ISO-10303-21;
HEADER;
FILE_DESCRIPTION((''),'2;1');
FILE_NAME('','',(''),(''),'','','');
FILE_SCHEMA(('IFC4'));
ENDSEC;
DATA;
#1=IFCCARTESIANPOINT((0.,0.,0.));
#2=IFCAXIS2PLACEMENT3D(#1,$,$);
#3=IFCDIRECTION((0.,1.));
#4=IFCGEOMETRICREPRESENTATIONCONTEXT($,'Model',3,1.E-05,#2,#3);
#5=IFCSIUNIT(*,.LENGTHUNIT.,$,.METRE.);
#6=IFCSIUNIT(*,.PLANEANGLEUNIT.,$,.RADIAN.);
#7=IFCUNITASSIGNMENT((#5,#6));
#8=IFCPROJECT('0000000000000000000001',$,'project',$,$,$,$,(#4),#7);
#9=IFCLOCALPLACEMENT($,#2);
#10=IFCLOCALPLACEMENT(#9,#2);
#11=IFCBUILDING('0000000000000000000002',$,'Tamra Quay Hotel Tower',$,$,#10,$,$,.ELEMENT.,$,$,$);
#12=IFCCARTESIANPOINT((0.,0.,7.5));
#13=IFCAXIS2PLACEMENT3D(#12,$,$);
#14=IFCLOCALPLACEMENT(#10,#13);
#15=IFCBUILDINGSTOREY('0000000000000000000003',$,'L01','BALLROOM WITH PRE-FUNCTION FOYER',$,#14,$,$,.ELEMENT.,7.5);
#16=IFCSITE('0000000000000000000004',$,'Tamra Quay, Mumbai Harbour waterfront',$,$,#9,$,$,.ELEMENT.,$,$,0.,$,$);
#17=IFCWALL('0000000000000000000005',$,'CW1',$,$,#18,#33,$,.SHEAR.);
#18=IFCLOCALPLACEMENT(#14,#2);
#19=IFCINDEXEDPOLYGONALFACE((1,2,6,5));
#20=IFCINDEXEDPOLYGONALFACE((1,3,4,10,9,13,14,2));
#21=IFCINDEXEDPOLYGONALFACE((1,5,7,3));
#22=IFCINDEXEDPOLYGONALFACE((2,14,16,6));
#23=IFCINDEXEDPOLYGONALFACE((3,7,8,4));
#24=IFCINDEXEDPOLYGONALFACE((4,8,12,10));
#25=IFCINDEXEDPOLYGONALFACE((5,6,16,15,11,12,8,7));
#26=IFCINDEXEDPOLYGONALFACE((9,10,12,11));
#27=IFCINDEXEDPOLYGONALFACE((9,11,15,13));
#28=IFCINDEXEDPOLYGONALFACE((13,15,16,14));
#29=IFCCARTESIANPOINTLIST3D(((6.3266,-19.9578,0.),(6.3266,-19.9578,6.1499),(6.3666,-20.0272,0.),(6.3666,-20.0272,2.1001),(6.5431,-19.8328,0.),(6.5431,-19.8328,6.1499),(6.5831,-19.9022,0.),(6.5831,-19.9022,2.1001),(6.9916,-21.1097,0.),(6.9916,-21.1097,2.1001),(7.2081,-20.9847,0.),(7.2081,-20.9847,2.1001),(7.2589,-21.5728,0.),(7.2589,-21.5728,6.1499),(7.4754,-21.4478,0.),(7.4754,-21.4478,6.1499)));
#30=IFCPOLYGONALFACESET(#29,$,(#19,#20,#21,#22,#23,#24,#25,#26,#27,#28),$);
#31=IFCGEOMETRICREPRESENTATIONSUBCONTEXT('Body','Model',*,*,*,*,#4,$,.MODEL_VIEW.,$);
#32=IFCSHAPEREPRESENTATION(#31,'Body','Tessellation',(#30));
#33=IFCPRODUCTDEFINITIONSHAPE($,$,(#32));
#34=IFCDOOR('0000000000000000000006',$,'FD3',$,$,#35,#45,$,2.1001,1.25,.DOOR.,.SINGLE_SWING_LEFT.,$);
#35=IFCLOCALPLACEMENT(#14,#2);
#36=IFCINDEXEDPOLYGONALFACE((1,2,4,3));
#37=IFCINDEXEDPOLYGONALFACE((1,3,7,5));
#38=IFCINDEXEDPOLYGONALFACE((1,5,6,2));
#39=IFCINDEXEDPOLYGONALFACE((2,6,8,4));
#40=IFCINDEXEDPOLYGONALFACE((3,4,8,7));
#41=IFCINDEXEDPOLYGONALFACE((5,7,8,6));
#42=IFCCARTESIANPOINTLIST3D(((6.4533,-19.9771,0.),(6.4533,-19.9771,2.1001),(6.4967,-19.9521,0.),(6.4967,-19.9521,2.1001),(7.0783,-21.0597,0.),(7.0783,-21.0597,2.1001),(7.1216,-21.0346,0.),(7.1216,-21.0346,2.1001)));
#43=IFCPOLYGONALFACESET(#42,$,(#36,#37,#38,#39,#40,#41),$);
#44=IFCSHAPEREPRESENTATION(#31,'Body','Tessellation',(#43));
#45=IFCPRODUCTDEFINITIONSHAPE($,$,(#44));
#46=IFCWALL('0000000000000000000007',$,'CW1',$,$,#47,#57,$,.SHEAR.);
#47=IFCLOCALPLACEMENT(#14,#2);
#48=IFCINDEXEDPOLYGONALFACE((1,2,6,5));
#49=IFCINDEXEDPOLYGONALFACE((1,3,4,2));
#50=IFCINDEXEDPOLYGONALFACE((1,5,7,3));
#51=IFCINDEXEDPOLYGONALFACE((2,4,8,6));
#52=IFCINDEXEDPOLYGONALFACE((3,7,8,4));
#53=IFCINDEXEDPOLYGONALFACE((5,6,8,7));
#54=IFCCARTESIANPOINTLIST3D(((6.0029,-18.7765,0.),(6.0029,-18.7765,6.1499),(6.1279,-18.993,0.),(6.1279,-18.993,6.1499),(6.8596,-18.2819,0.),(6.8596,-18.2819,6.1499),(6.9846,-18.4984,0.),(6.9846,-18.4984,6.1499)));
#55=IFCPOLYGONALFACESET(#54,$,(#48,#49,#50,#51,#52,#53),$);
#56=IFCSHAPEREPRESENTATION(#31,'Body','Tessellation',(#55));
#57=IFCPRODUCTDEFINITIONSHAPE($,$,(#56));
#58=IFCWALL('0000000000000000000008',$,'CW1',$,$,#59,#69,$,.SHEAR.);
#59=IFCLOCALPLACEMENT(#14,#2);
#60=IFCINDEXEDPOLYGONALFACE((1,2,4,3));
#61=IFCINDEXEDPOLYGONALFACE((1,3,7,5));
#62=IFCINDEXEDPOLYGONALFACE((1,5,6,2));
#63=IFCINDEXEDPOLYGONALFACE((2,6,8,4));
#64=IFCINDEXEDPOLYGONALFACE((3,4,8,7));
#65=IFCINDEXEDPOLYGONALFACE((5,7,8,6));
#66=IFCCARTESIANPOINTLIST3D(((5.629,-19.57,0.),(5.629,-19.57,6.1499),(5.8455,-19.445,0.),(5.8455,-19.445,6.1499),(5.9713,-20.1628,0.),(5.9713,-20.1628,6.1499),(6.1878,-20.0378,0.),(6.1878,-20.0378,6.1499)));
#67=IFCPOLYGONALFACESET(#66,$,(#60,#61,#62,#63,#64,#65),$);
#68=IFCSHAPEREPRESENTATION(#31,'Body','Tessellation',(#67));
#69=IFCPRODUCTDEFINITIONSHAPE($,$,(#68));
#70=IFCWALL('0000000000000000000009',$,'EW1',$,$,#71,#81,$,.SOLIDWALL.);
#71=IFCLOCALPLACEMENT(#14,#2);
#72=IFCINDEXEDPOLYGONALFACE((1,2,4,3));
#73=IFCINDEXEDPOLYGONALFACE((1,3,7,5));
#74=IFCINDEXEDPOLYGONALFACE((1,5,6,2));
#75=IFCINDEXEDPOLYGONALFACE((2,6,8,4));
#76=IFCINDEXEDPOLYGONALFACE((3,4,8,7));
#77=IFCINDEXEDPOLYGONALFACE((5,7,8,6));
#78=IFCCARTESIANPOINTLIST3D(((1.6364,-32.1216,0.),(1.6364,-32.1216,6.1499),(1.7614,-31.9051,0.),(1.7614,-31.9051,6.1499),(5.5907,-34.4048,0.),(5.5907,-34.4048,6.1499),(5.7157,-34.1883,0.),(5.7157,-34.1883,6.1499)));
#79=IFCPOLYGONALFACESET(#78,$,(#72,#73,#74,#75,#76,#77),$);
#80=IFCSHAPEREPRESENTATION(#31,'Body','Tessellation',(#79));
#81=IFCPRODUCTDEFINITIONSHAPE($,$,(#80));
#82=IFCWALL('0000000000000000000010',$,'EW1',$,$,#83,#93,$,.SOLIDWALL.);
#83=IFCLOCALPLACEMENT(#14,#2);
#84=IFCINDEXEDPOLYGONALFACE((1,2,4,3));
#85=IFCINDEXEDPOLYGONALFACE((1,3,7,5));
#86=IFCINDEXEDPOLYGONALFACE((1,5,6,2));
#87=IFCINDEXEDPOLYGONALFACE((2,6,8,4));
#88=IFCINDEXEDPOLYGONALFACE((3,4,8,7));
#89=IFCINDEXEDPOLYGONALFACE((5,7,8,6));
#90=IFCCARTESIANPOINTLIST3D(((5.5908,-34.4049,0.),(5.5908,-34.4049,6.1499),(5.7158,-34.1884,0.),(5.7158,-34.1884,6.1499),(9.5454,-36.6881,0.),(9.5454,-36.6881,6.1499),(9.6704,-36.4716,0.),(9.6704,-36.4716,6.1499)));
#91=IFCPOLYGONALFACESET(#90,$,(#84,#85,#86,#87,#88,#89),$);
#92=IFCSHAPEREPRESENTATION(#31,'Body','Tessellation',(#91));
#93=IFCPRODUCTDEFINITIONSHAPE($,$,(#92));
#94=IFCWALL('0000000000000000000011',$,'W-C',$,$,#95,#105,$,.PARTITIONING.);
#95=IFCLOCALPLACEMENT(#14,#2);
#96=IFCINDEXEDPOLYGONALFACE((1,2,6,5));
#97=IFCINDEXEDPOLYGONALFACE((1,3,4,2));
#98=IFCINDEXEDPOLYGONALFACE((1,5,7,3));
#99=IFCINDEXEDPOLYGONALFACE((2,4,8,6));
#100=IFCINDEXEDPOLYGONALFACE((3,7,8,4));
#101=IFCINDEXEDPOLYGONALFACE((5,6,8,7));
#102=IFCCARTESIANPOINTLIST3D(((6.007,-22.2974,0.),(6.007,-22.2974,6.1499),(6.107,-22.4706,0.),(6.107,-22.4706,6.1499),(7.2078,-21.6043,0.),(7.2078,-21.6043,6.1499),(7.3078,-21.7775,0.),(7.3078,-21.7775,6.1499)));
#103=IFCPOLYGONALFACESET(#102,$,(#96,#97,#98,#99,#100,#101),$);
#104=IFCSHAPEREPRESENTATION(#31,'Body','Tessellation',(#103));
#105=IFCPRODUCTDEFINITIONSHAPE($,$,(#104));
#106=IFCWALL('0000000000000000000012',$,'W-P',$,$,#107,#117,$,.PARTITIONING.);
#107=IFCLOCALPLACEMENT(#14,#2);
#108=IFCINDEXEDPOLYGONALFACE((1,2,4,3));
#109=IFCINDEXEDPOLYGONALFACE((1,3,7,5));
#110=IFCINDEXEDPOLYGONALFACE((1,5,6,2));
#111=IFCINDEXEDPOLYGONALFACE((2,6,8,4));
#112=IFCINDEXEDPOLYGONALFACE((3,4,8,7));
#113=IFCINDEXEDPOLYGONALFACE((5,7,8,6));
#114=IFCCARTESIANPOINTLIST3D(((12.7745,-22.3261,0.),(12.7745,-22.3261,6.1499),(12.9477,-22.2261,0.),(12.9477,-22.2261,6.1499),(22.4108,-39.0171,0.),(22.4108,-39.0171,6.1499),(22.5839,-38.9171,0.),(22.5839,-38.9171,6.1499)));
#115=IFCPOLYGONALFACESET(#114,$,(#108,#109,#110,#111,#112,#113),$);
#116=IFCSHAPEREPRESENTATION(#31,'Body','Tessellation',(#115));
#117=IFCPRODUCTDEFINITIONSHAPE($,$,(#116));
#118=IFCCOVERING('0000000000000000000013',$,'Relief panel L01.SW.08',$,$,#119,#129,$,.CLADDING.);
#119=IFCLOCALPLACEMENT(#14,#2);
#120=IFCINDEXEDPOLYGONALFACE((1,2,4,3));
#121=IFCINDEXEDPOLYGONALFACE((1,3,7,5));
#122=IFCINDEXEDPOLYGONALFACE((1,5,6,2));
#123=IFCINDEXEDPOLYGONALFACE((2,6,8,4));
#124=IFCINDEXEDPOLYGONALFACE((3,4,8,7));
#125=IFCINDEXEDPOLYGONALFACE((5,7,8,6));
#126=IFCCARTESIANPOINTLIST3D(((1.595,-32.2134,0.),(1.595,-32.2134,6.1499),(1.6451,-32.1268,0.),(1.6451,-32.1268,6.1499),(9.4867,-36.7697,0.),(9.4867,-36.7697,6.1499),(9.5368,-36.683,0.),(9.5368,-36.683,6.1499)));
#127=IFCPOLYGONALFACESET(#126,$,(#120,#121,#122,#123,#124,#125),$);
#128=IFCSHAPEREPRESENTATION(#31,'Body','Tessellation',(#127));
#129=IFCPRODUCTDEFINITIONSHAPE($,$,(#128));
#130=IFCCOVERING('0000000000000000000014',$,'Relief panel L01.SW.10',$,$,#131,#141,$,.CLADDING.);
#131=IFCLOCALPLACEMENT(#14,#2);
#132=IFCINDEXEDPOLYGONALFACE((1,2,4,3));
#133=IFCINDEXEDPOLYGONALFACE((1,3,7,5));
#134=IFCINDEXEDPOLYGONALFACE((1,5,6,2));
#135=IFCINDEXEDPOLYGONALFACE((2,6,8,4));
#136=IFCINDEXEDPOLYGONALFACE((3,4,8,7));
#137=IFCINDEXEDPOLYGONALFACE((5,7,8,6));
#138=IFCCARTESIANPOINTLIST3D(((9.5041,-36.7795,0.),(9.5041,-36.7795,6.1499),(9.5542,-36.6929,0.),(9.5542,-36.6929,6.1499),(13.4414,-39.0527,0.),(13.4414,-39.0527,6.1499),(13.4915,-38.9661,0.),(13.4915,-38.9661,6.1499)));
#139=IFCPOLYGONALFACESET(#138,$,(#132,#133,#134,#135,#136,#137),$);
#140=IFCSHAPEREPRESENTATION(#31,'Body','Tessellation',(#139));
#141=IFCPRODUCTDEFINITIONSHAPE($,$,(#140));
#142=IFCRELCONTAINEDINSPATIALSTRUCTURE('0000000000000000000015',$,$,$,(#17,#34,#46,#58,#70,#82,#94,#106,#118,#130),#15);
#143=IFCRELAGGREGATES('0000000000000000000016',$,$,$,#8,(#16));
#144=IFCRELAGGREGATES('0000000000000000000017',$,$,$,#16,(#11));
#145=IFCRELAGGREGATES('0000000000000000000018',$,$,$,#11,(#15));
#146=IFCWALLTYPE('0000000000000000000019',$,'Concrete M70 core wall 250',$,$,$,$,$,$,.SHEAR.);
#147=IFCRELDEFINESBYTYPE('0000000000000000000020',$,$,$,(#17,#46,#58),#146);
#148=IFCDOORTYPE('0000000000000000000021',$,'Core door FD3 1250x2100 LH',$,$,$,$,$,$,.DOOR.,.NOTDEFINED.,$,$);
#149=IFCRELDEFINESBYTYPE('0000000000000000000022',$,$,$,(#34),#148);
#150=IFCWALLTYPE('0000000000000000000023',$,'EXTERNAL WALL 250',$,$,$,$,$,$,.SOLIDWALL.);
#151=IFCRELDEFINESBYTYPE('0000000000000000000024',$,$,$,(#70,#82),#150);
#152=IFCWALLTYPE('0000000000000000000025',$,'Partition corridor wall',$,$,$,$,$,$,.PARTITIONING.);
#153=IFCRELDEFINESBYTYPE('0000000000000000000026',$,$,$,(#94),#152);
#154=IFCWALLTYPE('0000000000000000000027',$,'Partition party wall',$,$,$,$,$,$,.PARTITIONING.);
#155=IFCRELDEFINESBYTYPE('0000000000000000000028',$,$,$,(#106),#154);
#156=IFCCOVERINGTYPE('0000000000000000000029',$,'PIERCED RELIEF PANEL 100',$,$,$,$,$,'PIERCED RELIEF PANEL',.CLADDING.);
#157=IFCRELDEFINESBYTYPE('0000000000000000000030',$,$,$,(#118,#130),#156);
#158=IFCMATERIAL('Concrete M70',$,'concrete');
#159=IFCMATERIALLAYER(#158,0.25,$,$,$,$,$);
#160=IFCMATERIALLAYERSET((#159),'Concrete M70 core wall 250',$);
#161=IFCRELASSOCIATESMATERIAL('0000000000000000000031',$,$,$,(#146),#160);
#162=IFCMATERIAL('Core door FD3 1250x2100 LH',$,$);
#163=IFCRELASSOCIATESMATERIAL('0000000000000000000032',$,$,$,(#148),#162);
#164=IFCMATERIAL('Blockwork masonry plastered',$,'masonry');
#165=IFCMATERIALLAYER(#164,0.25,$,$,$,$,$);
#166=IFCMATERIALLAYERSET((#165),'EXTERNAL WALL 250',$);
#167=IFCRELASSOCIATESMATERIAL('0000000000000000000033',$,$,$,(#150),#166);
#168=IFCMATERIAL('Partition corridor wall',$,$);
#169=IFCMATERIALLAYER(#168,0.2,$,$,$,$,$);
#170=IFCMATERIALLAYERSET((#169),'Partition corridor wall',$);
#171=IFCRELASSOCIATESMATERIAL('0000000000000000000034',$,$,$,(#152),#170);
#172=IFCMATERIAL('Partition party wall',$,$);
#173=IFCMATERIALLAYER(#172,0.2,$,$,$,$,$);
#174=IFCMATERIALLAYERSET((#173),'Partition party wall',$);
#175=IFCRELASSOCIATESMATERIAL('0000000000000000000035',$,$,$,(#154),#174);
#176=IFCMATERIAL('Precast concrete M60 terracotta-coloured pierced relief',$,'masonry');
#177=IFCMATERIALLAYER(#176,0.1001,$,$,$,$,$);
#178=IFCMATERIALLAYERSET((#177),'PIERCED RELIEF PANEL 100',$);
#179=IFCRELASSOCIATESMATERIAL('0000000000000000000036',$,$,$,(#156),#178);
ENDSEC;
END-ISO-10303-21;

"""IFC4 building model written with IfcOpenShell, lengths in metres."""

from ifc_helpers import new_model, si_unit, direction, frame, frame_2d, origin, origin_2d, place, context, subcontext, project, spatial, rectangle, extrude, material, layer, layer_set, type_object, element, fill, save


model = new_model("IFC4")

# Units and contexts
model_context = context("Model", 3, precision=1e-05, world=origin(), true_north=direction((0.0, 1.0)))
body_context = subcontext(model_context, "Body", "Model", "MODEL_VIEW")
ifc_project = project(units=[si_unit("LENGTHUNIT", "METRE"), si_unit("PLANEANGLEUNIT", "RADIAN")], contexts=[model_context])

# Site, building, storey
site_placement = place(None, origin())
site = spatial("IfcSite", under=ifc_project, at=site_placement, Name="Tamra Quay, Mumbai Harbour waterfront", CompositionType="ELEMENT", RefElevation=0.0)
building_placement = place(site_placement, origin())
building = spatial("IfcBuilding", under=site, at=building_placement, Name="Tamra Quay Hotel Tower", CompositionType="ELEMENT")
storey_placement = place(building_placement, frame((0.0, 0.0, 7.5)))
storey = spatial("IfcBuildingStorey", under=building, at=storey_placement, Name="L01", Description="BALLROOM WITH PRE-FUNCTION FOYER", CompositionType="ELEMENT", Elevation=7.5)

# Shared definitions
ifc_material_1 = material(Name="Concrete M70", Category="concrete")

# Shared definitions
ifc_layer_1 = layer(ifc_material_1, 0.25)
ifc_layer_set_1 = layer_set([ifc_layer_1], Name="Concrete M70 core wall 250")
wall_type_1 = type_object("IfcWallType", Name="Concrete M70 core wall 250", PredefinedType="SHEAR", material=ifc_layer_set_1)

# Wall, opening, door
wall_1_placement = place(storey_placement, frame((7.3672, -21.5103, 0.0), z_axis=(0.0, 0.0, 1.0), x_axis=(-0.499983, 0.866035, 0.0)))
wall_1 = element("IfcWall", 1, at=wall_1_placement, inside=storey, type_object=wall_type_1, Name="CW1", PredefinedType="SHEAR", context=body_context, shape_type="SweptSolid", body=[
    extrude(rectangle(XDim=1.8647, YDim=0.25, at=frame_2d((0.9324, 0.0))), origin(), (0.0, 0.0, 1.0), 6.1499),
])
opening_1_placement = place(wall_1_placement, frame((0.5347, 0.0, 0.0)))
opening_1 = element("IfcOpeningElement", 2, at=opening_1_placement, cuts=wall_1, PredefinedType="OPENING", context=body_context, shape_type="SweptSolid", body=[
    extrude(rectangle(XDim=1.25, YDim=2.1001, at=frame_2d((0.625, 1.05))), frame((0.0, 0.135, 0.0), z_axis=(0.0, -1.0, 0.0), x_axis=(1.0, 0.0, 0.0)), (0.0, 0.0, 1.0), 0.27),
])
ifc_material_2 = material(Name="Core door FD3 1250x2100 LH")
door_type_1 = type_object("IfcDoorType", Name="Core door FD3 1250x2100 LH", OperationType="NOTDEFINED", PredefinedType="DOOR", material=ifc_material_2)
door_1_placement = place(opening_1_placement, origin())
door_1 = element("IfcDoor", 3, at=door_1_placement, inside=storey, type_object=door_type_1, Name="FD3", OperationType="SINGLE_SWING_LEFT", OverallHeight=2.1001, OverallWidth=1.25, PredefinedType="DOOR", context=body_context, shape_type="SweptSolid", body=[
    extrude(rectangle(XDim=1.25, YDim=2.1001, at=frame_2d((0.625, 1.05))), frame((0.0, 0.0249, 0.0), z_axis=(0.0, -1.0, 0.0), x_axis=(1.0, 0.0, 0.0)), (0.0, 0.0, 1.0), 0.05),
])
fill(opening_1, door_1)

# Walls
wall_2_placement = place(storey_placement, frame((6.0654, -18.8848, 0.0), z_axis=(0.0, 0.0, 1.0), x_axis=(0.866017, 0.500014, 0.0)))
element("IfcWall", 4, at=wall_2_placement, inside=storey, type_object=wall_type_1, Name="CW1", PredefinedType="SHEAR", context=body_context, shape_type="SweptSolid", body=[
    extrude(rectangle(XDim=0.9893, YDim=0.25, at=frame_2d((0.4946, 0.0))), origin(), (0.0, 0.0, 1.0), 6.1499),
])
wall_3_placement = place(storey_placement, frame((6.0796, -20.1003, 0.0), z_axis=(0.0, 0.0, 1.0), x_axis=(-0.500052, 0.865996, 0.0)))
element("IfcWall", 5, at=wall_3_placement, inside=storey, type_object=wall_type_1, Name="CW1", PredefinedType="SHEAR", context=body_context, shape_type="SweptSolid", body=[
    extrude(rectangle(XDim=0.6846, YDim=0.25, at=frame_2d((0.3423, 0.0))), origin(), (0.0, 0.0, 1.0), 6.1499),
])
ifc_material_3 = material(Name="Blockwork masonry plastered", Category="masonry")
ifc_layer_2 = layer(ifc_material_3, 0.25)
ifc_layer_set_2 = layer_set([ifc_layer_2], Name="EXTERNAL WALL 250")
wall_type_2 = type_object("IfcWallType", Name="EXTERNAL WALL 250", PredefinedType="SOLIDWALL", material=ifc_layer_set_2)
wall_4_placement = place(storey_placement, frame((5.6533, -34.2966, 0.0), z_axis=(0.0, 0.0, 1.0), x_axis=(-0.86601, 0.500026, 0.0)))
element("IfcWall", 6, at=wall_4_placement, inside=storey, type_object=wall_type_2, Name="EW1", PredefinedType="SOLIDWALL", context=body_context, shape_type="SweptSolid", body=[
    extrude(rectangle(XDim=4.5662, YDim=0.25, at=frame_2d((2.2832, 0.0))), origin(), (0.0, 0.0, 1.0), 6.1499),
])
wall_5_placement = place(storey_placement, frame((9.6079, -36.5798, 0.0), z_axis=(0.0, 0.0, 1.0), x_axis=(-0.866024, 0.500003, 0.0)))
element("IfcWall", 7, at=wall_5_placement, inside=storey, type_object=wall_type_2, Name="EW1", PredefinedType="SOLIDWALL", context=body_context, shape_type="SweptSolid", body=[
    extrude(rectangle(XDim=4.5664, YDim=0.25, at=frame_2d((2.2832, 0.0))), origin(), (0.0, 0.0, 1.0), 6.1499),
])
ifc_material_4 = material(Name="Partition corridor wall")
ifc_layer_3 = layer(ifc_material_4, 0.2)
ifc_layer_set_3 = layer_set([ifc_layer_3], Name="Partition corridor wall")
wall_type_3 = type_object("IfcWallType", Name="Partition corridor wall", PredefinedType="PARTITIONING", material=ifc_layer_set_3)
wall_6_placement = place(storey_placement, frame((6.0569, -22.384, 0.0), z_axis=(0.0, 0.0, 1.0), x_axis=(0.866101, 0.49987, 0.0)))
element("IfcWall", 8, at=wall_6_placement, inside=storey, type_object=wall_type_3, Name="W-C", PredefinedType="PARTITIONING", context=body_context, shape_type="SweptSolid", body=[
    extrude(rectangle(XDim=1.3865, YDim=0.2, at=frame_2d((0.6934, 0.0))), origin(), (0.0, 0.0, 1.0), 6.1499),
])
ifc_material_5 = material(Name="Partition party wall")
ifc_layer_4 = layer(ifc_material_5, 0.2)
ifc_layer_set_4 = layer_set([ifc_layer_4], Name="Partition party wall")
wall_type_4 = type_object("IfcWallType", Name="Partition party wall", PredefinedType="PARTITIONING", material=ifc_layer_set_4)
wall_7_placement = place(storey_placement, frame((12.8611, -22.2761, 0.0), z_axis=(0.0, 0.0, 1.0), x_axis=(0.499989, -0.866032, 0.0)))
element("IfcWall", 9, at=wall_7_placement, inside=storey, type_object=wall_type_4, Name="W-P", PredefinedType="PARTITIONING", context=body_context, shape_type="SweptSolid", body=[
    extrude(rectangle(XDim=19.2729, YDim=0.2, at=frame_2d((9.6365, 0.0))), origin(), (0.0, 0.0, 1.0), 6.1499),
])

# Coverings
ifc_material_6 = material(Name="Precast concrete M60 terracotta-coloured pierced relief", Category="masonry")
ifc_layer_5 = layer(ifc_material_6, 0.1001)
ifc_layer_set_5 = layer_set([ifc_layer_5], Name="PIERCED RELIEF PANEL 100")
covering_type = type_object("IfcCoveringType", Name="PIERCED RELIEF PANEL 100", ElementType="PIERCED RELIEF PANEL", PredefinedType="CLADDING", material=ifc_layer_set_5)
covering_1_placement = place(storey_placement, frame((5.5659, -34.4482, 0.0), z_axis=(0.0, 0.0, 1.0), x_axis=(0.866025, -0.5, 0.0)))
element("IfcCovering", 10, at=covering_1_placement, inside=storey, type_object=covering_type, Name="Relief panel L01.SW.08", PredefinedType="CLADDING", context=body_context, shape_type="SweptSolid", body=[
    extrude(rectangle(XDim=9.1125, YDim=0.1001, at=origin_2d()), origin(), (0.0, 0.0, 1.0), 6.1499),
])
covering_2_placement = place(storey_placement, frame((11.4978, -37.8728, 0.0), z_axis=(0.0, 0.0, 1.0), x_axis=(0.866025, -0.5, 0.0)))
element("IfcCovering", 11, at=covering_2_placement, inside=storey, type_object=covering_type, Name="Relief panel L01.SW.10", PredefinedType="CLADDING", context=body_context, shape_type="SweptSolid", body=[
    extrude(rectangle(XDim=4.5464, YDim=0.1001, at=origin_2d()), origin(), (0.0, 0.0, 1.0), 6.1499),
])

save(model, "model.ifc")
